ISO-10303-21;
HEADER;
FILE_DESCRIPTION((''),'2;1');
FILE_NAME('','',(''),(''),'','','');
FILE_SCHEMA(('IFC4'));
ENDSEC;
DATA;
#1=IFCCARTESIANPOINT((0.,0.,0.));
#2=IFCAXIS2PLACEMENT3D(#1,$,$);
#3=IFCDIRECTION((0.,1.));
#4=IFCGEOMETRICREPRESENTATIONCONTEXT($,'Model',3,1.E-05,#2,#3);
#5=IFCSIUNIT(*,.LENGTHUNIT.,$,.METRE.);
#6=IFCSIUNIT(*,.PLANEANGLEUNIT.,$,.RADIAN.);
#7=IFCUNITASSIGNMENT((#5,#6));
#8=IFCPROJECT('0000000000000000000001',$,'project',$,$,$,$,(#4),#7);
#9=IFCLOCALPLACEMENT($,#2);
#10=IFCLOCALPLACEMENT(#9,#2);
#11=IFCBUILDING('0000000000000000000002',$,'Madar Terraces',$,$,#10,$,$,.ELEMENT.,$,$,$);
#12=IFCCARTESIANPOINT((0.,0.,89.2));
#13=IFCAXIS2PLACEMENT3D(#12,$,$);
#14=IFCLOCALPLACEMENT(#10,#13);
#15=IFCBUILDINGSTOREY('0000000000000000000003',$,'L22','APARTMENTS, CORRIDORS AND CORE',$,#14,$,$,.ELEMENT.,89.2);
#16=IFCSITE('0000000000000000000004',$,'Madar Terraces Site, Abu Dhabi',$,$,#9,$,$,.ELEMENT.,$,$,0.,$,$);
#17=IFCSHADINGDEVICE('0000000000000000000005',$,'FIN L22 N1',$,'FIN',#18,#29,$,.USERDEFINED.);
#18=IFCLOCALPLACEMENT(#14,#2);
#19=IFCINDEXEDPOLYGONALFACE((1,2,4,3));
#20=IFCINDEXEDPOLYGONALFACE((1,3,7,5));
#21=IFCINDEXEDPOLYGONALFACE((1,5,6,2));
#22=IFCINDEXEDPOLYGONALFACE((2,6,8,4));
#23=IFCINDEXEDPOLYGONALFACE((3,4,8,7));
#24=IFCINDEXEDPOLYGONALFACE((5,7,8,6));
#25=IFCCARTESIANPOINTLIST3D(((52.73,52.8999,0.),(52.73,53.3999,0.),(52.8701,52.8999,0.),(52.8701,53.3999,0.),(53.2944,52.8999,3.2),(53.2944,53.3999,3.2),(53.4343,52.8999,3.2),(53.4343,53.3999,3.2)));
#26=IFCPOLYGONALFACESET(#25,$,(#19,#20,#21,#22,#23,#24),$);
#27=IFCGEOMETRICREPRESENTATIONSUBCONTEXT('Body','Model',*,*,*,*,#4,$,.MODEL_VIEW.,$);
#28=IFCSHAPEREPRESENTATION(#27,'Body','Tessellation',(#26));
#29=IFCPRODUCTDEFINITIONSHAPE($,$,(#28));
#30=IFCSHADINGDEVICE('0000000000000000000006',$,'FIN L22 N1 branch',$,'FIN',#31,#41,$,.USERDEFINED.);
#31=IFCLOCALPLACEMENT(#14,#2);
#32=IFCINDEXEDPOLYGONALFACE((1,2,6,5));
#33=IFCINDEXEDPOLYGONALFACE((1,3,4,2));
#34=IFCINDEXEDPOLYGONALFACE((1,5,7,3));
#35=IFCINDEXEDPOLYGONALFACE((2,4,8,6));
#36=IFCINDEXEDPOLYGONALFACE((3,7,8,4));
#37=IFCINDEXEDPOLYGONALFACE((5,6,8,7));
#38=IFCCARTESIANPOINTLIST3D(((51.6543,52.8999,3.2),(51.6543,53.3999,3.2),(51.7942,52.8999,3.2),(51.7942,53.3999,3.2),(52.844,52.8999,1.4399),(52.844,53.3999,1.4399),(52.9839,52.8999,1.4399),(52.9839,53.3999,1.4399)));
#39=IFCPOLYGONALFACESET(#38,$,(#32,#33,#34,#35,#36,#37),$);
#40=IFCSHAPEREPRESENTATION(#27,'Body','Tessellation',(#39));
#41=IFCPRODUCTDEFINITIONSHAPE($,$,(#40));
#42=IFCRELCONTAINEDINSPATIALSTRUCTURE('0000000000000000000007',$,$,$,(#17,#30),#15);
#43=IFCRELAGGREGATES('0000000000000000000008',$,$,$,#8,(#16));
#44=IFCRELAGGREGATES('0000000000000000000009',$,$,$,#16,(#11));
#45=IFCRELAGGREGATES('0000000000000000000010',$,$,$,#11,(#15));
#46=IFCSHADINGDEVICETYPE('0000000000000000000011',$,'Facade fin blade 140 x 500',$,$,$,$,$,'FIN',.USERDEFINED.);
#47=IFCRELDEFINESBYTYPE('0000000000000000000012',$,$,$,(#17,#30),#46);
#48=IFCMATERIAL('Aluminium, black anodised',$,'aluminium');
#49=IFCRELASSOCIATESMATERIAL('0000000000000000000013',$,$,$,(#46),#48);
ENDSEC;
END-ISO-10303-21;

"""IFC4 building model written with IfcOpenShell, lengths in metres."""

from ifc_helpers import new_model, si_unit, direction, frame, origin, place, context, subcontext, project, spatial, polyline, outline, extrude, material, type_object, element, save


model = new_model("IFC4")

# Units and contexts
model_context = context("Model", 3, precision=1e-05, world=origin(), true_north=direction((0.0, 1.0)))
body_context = subcontext(model_context, "Body", "Model", "MODEL_VIEW")
ifc_project = project(units=[si_unit("LENGTHUNIT", "METRE"), si_unit("PLANEANGLEUNIT", "RADIAN")], contexts=[model_context])

# Site, building, storey
site_placement = place(None, origin())
site = spatial("IfcSite", under=ifc_project, at=site_placement, Name="Madar Terraces Site, Abu Dhabi", CompositionType="ELEMENT", RefElevation=0.0)
building_placement = place(site_placement, origin())
building = spatial("IfcBuilding", under=site, at=building_placement, Name="Madar Terraces", CompositionType="ELEMENT")
storey_placement = place(building_placement, frame((0.0, 0.0, 89.2)))
storey = spatial("IfcBuildingStorey", under=building, at=storey_placement, Name="L22", Description="APARTMENTS, CORRIDORS AND CORE", CompositionType="ELEMENT", Elevation=89.2)

# Shading devices
ifc_material_1 = material(Name="Aluminium, black anodised", Category="aluminium")
shading_device_type = type_object("IfcShadingDeviceType", Name="Facade fin blade 140 x 500", ElementType="FIN", PredefinedType="USERDEFINED", material=ifc_material_1)
shading_device_1_placement = place(storey_placement, frame((52.8701, 53.1499, 0.0), z_axis=(0.0, 0.0, 1.0), x_axis=(-1.0, 0.0, 0.0)))
element("IfcShadingDevice", 1, at=shading_device_1_placement, inside=storey, type_object=shading_device_type, Name="FIN L22 N1", ObjectType="FIN", PredefinedType="USERDEFINED", context=body_context, shape_type="SweptSolid", body=[
    extrude(outline(polyline([(0.0, 0.0), (0.1401, 0.0), (-0.4243, 3.2), (-0.5642, 3.2), (0.0, 0.0)])), frame((0.0, 0.25, 0.0), z_axis=(0.0, -1.0, 0.0), x_axis=(1.0, 0.0, 0.0)), (0.0, 0.0, 1.0), 0.5),
])
shading_device_2_placement = place(storey_placement, frame((52.9839, 53.1499, 1.4399), z_axis=(0.0, 0.0, 1.0), x_axis=(-1.0, 0.0, 0.0)))
element("IfcShadingDevice", 2, at=shading_device_2_placement, inside=storey, type_object=shading_device_type, Name="FIN L22 N1 branch", ObjectType="FIN", PredefinedType="USERDEFINED", context=body_context, shape_type="SweptSolid", body=[
    extrude(outline(polyline([(0.0, 0.0), (0.1399, 0.0), (1.3296, 1.76), (1.1897, 1.76), (0.0, 0.0)])), frame((0.0, 0.25, 0.0), z_axis=(0.0, -1.0, 0.0), x_axis=(1.0, 0.0, 0.0)), (0.0, 0.0, 1.0), 0.5),
])

save(model, "model.ifc")
